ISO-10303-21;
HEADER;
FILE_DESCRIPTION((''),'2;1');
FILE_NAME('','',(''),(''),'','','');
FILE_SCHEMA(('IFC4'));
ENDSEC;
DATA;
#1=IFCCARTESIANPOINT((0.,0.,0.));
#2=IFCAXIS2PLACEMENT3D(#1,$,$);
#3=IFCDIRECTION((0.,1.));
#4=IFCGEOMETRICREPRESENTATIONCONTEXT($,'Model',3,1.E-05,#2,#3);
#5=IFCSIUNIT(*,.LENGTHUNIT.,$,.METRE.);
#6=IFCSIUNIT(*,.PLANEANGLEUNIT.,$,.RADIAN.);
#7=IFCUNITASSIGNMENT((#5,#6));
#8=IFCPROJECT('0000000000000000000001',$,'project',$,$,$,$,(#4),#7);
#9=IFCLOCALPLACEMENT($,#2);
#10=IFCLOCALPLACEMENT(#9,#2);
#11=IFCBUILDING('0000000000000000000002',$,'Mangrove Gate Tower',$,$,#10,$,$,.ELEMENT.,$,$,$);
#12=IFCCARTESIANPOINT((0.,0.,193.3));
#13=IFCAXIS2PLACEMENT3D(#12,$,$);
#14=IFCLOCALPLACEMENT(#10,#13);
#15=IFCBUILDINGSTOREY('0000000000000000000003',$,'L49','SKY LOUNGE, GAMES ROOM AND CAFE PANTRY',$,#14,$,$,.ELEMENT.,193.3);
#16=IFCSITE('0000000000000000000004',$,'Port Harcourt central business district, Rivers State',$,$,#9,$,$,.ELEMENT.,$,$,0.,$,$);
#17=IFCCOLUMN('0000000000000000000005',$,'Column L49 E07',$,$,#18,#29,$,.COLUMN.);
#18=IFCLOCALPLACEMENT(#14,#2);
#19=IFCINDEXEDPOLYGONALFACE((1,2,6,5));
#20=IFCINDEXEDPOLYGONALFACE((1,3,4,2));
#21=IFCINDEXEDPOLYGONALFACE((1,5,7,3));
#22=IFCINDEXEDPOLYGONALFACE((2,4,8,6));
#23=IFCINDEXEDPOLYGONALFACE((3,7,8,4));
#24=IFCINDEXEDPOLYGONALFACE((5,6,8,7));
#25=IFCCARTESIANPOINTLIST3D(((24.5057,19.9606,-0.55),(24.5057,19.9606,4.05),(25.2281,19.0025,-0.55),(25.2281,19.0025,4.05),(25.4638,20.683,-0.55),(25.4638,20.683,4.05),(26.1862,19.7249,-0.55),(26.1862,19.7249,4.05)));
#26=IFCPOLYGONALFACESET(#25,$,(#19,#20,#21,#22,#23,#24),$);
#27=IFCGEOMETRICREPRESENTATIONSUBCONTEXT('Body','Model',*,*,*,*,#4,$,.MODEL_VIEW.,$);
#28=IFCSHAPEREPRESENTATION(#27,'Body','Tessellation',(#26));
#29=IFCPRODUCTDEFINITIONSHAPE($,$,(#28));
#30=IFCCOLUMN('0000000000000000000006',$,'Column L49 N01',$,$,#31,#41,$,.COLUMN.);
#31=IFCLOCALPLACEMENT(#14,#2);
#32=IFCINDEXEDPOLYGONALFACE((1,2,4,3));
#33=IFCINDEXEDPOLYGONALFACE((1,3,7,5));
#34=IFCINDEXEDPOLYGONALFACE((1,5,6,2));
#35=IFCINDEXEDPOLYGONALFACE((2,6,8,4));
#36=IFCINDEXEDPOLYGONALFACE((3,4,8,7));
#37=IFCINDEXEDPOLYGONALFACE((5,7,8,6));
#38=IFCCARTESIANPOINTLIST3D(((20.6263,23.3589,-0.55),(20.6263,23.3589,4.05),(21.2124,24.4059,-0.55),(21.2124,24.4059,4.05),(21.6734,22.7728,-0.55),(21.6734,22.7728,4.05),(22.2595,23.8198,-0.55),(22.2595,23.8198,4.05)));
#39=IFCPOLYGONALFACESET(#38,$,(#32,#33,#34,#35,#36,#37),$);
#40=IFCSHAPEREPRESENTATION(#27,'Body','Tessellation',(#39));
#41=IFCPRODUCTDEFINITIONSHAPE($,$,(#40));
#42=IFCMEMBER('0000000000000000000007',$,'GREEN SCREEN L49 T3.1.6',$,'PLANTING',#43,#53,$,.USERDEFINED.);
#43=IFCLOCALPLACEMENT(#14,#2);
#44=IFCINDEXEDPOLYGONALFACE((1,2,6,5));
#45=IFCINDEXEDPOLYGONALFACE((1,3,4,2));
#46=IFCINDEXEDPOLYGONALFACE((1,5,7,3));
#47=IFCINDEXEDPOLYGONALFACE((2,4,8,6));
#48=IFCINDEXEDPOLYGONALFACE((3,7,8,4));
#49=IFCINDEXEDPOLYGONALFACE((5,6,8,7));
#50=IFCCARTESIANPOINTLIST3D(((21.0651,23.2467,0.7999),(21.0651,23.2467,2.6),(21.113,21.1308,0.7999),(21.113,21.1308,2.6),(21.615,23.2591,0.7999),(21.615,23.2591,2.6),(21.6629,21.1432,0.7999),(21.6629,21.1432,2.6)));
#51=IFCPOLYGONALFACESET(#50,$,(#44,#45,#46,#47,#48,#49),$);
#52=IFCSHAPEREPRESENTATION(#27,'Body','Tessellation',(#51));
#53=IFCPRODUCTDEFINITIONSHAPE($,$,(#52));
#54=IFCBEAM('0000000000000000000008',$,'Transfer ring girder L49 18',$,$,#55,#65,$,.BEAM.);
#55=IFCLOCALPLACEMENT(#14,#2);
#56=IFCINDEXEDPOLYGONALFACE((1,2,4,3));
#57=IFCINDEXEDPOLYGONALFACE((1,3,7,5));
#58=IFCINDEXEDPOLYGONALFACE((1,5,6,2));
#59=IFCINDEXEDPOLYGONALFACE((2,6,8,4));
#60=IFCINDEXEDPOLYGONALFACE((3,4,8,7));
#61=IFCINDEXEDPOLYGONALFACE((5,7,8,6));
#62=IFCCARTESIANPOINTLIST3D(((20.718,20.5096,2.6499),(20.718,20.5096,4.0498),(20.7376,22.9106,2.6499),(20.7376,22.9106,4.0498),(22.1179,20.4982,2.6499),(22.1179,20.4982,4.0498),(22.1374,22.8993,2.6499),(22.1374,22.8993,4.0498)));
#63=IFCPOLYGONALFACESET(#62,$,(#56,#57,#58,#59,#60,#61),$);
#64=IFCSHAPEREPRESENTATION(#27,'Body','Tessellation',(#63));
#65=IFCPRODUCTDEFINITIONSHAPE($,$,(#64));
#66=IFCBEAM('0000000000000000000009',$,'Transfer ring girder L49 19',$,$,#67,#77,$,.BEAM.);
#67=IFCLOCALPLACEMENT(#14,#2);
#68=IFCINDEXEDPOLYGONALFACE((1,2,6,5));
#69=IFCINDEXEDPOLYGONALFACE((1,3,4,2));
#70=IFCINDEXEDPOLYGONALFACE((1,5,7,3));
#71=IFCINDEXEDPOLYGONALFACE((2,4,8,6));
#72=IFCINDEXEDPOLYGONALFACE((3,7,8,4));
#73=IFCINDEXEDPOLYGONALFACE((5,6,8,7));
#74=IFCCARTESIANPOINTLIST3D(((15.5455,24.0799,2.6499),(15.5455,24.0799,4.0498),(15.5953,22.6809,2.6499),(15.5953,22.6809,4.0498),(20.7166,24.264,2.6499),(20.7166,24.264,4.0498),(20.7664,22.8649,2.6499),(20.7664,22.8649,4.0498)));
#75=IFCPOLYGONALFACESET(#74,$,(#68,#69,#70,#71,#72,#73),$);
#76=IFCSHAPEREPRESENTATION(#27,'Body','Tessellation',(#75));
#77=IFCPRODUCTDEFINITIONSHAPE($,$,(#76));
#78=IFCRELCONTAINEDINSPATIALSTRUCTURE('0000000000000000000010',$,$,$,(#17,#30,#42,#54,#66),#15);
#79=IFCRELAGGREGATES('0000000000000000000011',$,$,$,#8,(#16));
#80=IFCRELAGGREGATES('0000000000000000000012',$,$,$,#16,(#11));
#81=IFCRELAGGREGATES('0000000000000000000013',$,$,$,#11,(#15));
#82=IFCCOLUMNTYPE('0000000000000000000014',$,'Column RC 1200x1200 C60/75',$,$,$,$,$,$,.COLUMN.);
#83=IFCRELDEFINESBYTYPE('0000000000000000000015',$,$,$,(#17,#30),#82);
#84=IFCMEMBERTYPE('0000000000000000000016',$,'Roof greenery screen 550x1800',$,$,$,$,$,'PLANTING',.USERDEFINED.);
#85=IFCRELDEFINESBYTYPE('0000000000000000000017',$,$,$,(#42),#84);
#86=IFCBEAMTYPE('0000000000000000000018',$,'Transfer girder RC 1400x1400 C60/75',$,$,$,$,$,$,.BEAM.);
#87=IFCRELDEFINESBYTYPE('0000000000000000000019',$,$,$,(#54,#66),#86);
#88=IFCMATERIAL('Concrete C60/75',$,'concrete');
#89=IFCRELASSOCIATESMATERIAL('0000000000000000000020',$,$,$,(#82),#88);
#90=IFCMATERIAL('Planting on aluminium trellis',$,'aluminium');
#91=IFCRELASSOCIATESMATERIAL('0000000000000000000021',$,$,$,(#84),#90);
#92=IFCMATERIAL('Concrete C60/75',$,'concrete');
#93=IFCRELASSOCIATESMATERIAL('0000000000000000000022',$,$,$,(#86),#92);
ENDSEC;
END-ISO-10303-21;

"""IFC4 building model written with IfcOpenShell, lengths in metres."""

from ifc_helpers import new_model, si_unit, direction, frame, origin, origin_2d, place, context, subcontext, project, spatial, rectangle, extrude, material, material_profile, profile_set, type_object, element, save


model = new_model("IFC4")

# Units and contexts
model_context = context("Model", 3, precision=1e-05, world=origin(), true_north=direction((0.0, 1.0)))
body_context = subcontext(model_context, "Body", "Model", "MODEL_VIEW")
ifc_project = project(units=[si_unit("LENGTHUNIT", "METRE"), si_unit("PLANEANGLEUNIT", "RADIAN")], contexts=[model_context])

# Site, building, storey
site_placement = place(None, origin())
site = spatial("IfcSite", under=ifc_project, at=site_placement, Name="Port Harcourt central business district, Rivers State", CompositionType="ELEMENT", RefElevation=0.0)
building_placement = place(site_placement, origin())
building = spatial("IfcBuilding", under=site, at=building_placement, Name="Mangrove Gate Tower", CompositionType="ELEMENT")
storey_placement = place(building_placement, frame((0.0, 0.0, 193.3)))
storey = spatial("IfcBuildingStorey", under=building, at=storey_placement, Name="L49", Description="SKY LOUNGE, GAMES ROOM AND CAFE PANTRY", CompositionType="ELEMENT", Elevation=193.3)

# Columns
ifc_material_1 = material(Name="Concrete C60/75", Category="concrete")
ifc_material_profile_1 = material_profile(ifc_material_1, rectangle(XDim=1.2, YDim=1.2, at=origin_2d()))
ifc_profile_set_1 = profile_set([ifc_material_profile_1], Name="Concrete C60/75")
column_type = type_object("IfcColumnType", Name="Column RC 1200x1200 C60/75", PredefinedType="COLUMN", material=ifc_profile_set_1)
for number, where, z_axis, x_axis, name in (
    (1, (25.3459, 19.8428, -0.55), (0.0, 0.0, 1.0), (-0.60203, 0.798474, 0.0), "Column L49 E07"),
    (2, (21.4429, 23.5894, -0.55), (0.0, 0.0, 1.0), (-0.872595, 0.488445, 0.0), "Column L49 N01"),
):
    element("IfcColumn", number, at=place(storey_placement, frame(where, z_axis=z_axis, x_axis=x_axis)), inside=storey, type_object=column_type, Name=name, PredefinedType="COLUMN", context=body_context, shape_type="SweptSolid", body=[
        extrude(rectangle(XDim=1.2, YDim=1.2, at=origin_2d()), origin(), (0.0, 0.0, 1.0), 4.6001),
    ])

# Member
ifc_material_2 = material(Name="Planting on aluminium trellis", Category="aluminium")
ifc_material_profile_2 = material_profile(ifc_material_2, rectangle(XDim=0.55, YDim=1.8, at=origin_2d()))
ifc_profile_set_2 = profile_set([ifc_material_profile_2], Name="Planting on aluminium trellis")
member_type = type_object("IfcMemberType", Name="Roof greenery screen 550x1800", ElementType="PLANTING", PredefinedType="USERDEFINED", material=ifc_profile_set_2)
member_placement = place(storey_placement, frame((21.3401, 23.2529, 1.7), z_axis=(0.022609, -0.999744, 0.0), x_axis=(0.999744, 0.022609, 0.0)))
element("IfcMember", 3, at=member_placement, inside=storey, type_object=member_type, Name="GREEN SCREEN L49 T3.1.6", ObjectType="PLANTING", PredefinedType="USERDEFINED", context=body_context, shape_type="SweptSolid", body=[
    extrude(rectangle(XDim=0.55, YDim=1.8, at=origin_2d()), origin(), (0.0, 0.0, 1.0), 2.1165),
])

# Beams
ifc_material_3 = material(Name="Concrete C60/75", Category="concrete")
ifc_material_profile_3 = material_profile(ifc_material_3, rectangle(XDim=1.3999, YDim=1.3999, at=origin_2d()))
ifc_profile_set_3 = profile_set([ifc_material_profile_3], Name="Concrete C60/75")
beam_type = type_object("IfcBeamType", Name="Transfer girder RC 1400x1400 C60/75", PredefinedType="BEAM", material=ifc_profile_set_3)
beam_1_placement = place(storey_placement, frame((21.418, 20.5039, 3.3499), z_axis=(0.008134, 0.999967, 0.0), x_axis=(-0.999967, 0.008134, 0.0)))
element("IfcBeam", 4, at=beam_1_placement, inside=storey, type_object=beam_type, Name="Transfer ring girder L49 18", PredefinedType="BEAM", context=body_context, shape_type="SweptSolid", body=[
    extrude(rectangle(XDim=1.3999, YDim=1.3999, at=origin_2d()), origin(), (0.0, 0.0, 1.0), 2.4011),
])
beam_2_placement = place(storey_placement, frame((20.7415, 23.5645, 3.3499), z_axis=(-0.999367, -0.035575, 0.0), x_axis=(0.035575, -0.999367, 0.0)))
element("IfcBeam", 5, at=beam_2_placement, inside=storey, type_object=beam_type, Name="Transfer ring girder L49 19", PredefinedType="BEAM", context=body_context, shape_type="SweptSolid", body=[
    extrude(rectangle(XDim=1.3999, YDim=1.3999, at=origin_2d()), origin(), (0.0, 0.0, 1.0), 5.1743),
])

save(model, "model.ifc")
